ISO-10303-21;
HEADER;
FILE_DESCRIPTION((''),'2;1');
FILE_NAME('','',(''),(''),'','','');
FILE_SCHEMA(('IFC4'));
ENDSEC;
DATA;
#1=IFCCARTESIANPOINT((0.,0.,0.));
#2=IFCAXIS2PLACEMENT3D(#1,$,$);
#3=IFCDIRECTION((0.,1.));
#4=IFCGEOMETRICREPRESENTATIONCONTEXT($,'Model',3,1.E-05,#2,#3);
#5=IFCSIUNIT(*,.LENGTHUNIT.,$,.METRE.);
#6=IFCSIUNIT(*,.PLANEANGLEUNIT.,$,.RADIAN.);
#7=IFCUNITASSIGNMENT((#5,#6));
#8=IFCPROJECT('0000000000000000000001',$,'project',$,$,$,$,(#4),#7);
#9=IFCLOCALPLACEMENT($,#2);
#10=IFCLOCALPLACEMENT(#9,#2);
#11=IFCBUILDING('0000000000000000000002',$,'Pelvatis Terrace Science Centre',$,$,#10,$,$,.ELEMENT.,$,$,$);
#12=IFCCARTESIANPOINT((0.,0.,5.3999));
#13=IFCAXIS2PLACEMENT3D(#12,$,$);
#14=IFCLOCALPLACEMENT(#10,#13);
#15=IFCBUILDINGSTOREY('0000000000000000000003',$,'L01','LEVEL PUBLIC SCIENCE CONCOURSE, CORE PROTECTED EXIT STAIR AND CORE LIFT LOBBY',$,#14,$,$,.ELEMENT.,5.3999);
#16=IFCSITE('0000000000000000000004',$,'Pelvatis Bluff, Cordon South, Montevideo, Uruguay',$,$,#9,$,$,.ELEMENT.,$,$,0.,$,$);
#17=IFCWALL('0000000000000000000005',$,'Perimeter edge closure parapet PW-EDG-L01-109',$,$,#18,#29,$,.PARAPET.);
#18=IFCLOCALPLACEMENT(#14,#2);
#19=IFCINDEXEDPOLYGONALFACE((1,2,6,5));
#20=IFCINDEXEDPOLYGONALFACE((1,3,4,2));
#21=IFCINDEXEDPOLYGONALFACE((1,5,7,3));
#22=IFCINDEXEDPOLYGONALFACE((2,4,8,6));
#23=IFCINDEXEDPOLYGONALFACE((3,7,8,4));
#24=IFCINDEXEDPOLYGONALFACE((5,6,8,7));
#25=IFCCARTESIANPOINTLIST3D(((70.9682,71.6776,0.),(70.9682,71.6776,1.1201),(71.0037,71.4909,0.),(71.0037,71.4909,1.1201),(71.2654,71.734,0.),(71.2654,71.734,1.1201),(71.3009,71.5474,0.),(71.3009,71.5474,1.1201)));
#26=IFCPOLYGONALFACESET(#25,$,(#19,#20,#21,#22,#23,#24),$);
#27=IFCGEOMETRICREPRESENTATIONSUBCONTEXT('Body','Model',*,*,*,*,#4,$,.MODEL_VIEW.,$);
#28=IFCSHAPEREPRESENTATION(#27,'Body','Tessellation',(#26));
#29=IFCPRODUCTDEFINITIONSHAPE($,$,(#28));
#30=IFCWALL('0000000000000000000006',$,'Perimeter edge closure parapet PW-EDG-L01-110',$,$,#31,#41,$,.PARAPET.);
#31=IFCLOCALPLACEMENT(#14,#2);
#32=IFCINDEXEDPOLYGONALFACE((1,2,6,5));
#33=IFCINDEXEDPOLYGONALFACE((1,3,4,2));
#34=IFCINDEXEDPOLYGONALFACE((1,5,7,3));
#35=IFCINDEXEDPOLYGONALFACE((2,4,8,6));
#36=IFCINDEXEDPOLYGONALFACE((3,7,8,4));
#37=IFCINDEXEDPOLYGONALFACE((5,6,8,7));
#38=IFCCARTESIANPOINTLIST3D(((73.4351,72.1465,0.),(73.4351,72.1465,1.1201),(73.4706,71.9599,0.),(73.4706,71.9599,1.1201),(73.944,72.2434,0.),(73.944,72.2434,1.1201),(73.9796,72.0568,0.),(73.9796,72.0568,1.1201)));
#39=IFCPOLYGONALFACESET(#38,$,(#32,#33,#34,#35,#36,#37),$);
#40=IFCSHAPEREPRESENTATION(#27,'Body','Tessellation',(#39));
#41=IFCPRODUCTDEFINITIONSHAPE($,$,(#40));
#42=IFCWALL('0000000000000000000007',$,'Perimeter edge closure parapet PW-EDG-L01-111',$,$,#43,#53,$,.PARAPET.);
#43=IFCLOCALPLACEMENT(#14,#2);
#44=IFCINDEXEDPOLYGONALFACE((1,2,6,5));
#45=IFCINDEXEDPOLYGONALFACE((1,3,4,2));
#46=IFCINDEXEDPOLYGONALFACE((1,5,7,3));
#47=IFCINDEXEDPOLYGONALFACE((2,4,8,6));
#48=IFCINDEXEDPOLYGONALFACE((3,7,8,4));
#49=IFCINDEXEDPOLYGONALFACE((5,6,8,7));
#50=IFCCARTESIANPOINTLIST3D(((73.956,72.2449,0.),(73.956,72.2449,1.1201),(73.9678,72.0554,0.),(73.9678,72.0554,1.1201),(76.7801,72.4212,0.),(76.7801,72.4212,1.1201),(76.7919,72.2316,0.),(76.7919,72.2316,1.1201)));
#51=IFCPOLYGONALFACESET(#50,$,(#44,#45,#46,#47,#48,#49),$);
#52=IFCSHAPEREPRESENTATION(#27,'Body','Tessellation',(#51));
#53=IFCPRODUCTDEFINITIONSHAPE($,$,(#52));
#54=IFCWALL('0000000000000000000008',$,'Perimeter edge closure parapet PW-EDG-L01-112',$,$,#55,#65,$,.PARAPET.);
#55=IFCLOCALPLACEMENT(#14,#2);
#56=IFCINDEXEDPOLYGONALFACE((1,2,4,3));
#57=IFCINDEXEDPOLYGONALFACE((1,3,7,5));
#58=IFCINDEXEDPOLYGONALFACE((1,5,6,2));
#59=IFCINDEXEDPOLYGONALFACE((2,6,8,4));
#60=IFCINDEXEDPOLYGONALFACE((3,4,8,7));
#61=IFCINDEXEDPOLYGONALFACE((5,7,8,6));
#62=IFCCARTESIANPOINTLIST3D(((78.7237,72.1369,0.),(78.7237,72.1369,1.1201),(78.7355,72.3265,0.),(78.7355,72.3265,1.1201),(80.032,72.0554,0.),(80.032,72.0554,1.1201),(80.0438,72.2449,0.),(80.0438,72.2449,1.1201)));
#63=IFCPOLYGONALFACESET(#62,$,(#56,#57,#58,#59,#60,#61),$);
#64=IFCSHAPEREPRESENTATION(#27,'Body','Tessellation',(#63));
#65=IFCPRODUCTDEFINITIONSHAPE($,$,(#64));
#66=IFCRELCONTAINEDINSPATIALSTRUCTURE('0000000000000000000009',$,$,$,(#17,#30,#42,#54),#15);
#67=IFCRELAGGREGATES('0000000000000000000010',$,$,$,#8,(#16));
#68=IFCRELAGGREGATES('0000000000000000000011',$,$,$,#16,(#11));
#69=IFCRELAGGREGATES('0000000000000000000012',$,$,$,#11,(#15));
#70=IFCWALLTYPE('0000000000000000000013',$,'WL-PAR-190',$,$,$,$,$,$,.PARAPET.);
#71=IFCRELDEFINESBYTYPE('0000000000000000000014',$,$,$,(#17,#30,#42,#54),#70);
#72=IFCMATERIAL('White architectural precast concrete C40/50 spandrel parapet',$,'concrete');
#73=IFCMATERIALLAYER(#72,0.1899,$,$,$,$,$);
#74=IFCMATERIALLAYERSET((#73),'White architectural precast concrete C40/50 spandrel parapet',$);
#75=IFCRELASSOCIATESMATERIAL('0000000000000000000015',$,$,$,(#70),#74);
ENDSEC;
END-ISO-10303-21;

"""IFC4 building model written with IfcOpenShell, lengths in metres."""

from ifc_helpers import new_model, si_unit, direction, frame, frame_2d, origin, place, context, subcontext, project, spatial, rectangle, extrude, material, layer, layer_set, type_object, element, save


model = new_model("IFC4")

# Units and contexts
model_context = context("Model", 3, precision=1e-05, world=origin(), true_north=direction((0.0, 1.0)))
body_context = subcontext(model_context, "Body", "Model", "MODEL_VIEW")
ifc_project = project(units=[si_unit("LENGTHUNIT", "METRE"), si_unit("PLANEANGLEUNIT", "RADIAN")], contexts=[model_context])

# Site, building, storey
site_placement = place(None, origin())
site = spatial("IfcSite", under=ifc_project, at=site_placement, Name="Pelvatis Bluff, Cordon South, Montevideo, Uruguay", CompositionType="ELEMENT", RefElevation=0.0)
building_placement = place(site_placement, origin())
building = spatial("IfcBuilding", under=site, at=building_placement, Name="Pelvatis Terrace Science Centre", CompositionType="ELEMENT")
storey_placement = place(building_placement, frame((0.0, 0.0, 5.3999)))
storey = spatial("IfcBuildingStorey", under=building, at=storey_placement, Name="L01", Description="LEVEL PUBLIC SCIENCE CONCOURSE, CORE PROTECTED EXIT STAIR AND CORE LIFT LOBBY", CompositionType="ELEMENT", Elevation=5.3999)

# Walls
ifc_material_1 = material(Name="White architectural precast concrete C40/50 spandrel parapet", Category="concrete")
ifc_layer_1 = layer(ifc_material_1, 0.1899)
ifc_layer_set_1 = layer_set([ifc_layer_1], Name="White architectural precast concrete C40/50 spandrel parapet")
wall_type_1 = type_object("IfcWallType", Name="WL-PAR-190", PredefinedType="PARAPET", material=ifc_layer_set_1)
wall_1_placement = place(storey_placement, frame((70.9858, 71.5842, 0.0), z_axis=(0.0, 0.0, 1.0), x_axis=(0.982458, 0.186481, 0.0)))
element("IfcWall", 1, at=wall_1_placement, inside=storey, type_object=wall_type_1, Name="Perimeter edge closure parapet PW-EDG-L01-109", PredefinedType="PARAPET", context=body_context, shape_type="SweptSolid", body=[
    extrude(rectangle(XDim=0.3025, YDim=0.1899, at=frame_2d((0.1514, 0.0))), origin(), (0.0, 0.0, 1.0), 1.1201),
])
wall_2_placement = place(storey_placement, frame((73.4529, 72.0532, 0.0), z_axis=(0.0, 0.0, 1.0), x_axis=(0.982351, 0.187047, 0.0)))
element("IfcWall", 2, at=wall_2_placement, inside=storey, type_object=wall_type_1, Name="Perimeter edge closure parapet PW-EDG-L01-110", PredefinedType="PARAPET", context=body_context, shape_type="SweptSolid", body=[
    extrude(rectangle(XDim=0.5181, YDim=0.1899, at=frame_2d((0.259, 0.0))), origin(), (0.0, 0.0, 1.0), 1.1201),
])
wall_3_placement = place(storey_placement, frame((73.9619, 72.1501, 0.0), z_axis=(0.0, 0.0, 1.0), x_axis=(0.998058, 0.062298, 0.0)))
element("IfcWall", 3, at=wall_3_placement, inside=storey, type_object=wall_type_1, Name="Perimeter edge closure parapet PW-EDG-L01-111", PredefinedType="PARAPET", context=body_context, shape_type="SweptSolid", body=[
    extrude(rectangle(XDim=2.8296, YDim=0.1899, at=frame_2d((1.4148, 0.0))), origin(), (0.0, 0.0, 1.0), 1.1201),
])
wall_4_placement = place(storey_placement, frame((78.7297, 72.2317, 0.0), z_axis=(0.0, 0.0, 1.0), x_axis=(0.998063, -0.062204, 0.0)))
element("IfcWall", 4, at=wall_4_placement, inside=storey, type_object=wall_type_1, Name="Perimeter edge closure parapet PW-EDG-L01-112", PredefinedType="PARAPET", context=body_context, shape_type="SweptSolid", body=[
    extrude(rectangle(XDim=1.3108, YDim=0.1899, at=frame_2d((0.6553, 0.0))), origin(), (0.0, 0.0, 1.0), 1.1201),
])

save(model, "model.ifc")
